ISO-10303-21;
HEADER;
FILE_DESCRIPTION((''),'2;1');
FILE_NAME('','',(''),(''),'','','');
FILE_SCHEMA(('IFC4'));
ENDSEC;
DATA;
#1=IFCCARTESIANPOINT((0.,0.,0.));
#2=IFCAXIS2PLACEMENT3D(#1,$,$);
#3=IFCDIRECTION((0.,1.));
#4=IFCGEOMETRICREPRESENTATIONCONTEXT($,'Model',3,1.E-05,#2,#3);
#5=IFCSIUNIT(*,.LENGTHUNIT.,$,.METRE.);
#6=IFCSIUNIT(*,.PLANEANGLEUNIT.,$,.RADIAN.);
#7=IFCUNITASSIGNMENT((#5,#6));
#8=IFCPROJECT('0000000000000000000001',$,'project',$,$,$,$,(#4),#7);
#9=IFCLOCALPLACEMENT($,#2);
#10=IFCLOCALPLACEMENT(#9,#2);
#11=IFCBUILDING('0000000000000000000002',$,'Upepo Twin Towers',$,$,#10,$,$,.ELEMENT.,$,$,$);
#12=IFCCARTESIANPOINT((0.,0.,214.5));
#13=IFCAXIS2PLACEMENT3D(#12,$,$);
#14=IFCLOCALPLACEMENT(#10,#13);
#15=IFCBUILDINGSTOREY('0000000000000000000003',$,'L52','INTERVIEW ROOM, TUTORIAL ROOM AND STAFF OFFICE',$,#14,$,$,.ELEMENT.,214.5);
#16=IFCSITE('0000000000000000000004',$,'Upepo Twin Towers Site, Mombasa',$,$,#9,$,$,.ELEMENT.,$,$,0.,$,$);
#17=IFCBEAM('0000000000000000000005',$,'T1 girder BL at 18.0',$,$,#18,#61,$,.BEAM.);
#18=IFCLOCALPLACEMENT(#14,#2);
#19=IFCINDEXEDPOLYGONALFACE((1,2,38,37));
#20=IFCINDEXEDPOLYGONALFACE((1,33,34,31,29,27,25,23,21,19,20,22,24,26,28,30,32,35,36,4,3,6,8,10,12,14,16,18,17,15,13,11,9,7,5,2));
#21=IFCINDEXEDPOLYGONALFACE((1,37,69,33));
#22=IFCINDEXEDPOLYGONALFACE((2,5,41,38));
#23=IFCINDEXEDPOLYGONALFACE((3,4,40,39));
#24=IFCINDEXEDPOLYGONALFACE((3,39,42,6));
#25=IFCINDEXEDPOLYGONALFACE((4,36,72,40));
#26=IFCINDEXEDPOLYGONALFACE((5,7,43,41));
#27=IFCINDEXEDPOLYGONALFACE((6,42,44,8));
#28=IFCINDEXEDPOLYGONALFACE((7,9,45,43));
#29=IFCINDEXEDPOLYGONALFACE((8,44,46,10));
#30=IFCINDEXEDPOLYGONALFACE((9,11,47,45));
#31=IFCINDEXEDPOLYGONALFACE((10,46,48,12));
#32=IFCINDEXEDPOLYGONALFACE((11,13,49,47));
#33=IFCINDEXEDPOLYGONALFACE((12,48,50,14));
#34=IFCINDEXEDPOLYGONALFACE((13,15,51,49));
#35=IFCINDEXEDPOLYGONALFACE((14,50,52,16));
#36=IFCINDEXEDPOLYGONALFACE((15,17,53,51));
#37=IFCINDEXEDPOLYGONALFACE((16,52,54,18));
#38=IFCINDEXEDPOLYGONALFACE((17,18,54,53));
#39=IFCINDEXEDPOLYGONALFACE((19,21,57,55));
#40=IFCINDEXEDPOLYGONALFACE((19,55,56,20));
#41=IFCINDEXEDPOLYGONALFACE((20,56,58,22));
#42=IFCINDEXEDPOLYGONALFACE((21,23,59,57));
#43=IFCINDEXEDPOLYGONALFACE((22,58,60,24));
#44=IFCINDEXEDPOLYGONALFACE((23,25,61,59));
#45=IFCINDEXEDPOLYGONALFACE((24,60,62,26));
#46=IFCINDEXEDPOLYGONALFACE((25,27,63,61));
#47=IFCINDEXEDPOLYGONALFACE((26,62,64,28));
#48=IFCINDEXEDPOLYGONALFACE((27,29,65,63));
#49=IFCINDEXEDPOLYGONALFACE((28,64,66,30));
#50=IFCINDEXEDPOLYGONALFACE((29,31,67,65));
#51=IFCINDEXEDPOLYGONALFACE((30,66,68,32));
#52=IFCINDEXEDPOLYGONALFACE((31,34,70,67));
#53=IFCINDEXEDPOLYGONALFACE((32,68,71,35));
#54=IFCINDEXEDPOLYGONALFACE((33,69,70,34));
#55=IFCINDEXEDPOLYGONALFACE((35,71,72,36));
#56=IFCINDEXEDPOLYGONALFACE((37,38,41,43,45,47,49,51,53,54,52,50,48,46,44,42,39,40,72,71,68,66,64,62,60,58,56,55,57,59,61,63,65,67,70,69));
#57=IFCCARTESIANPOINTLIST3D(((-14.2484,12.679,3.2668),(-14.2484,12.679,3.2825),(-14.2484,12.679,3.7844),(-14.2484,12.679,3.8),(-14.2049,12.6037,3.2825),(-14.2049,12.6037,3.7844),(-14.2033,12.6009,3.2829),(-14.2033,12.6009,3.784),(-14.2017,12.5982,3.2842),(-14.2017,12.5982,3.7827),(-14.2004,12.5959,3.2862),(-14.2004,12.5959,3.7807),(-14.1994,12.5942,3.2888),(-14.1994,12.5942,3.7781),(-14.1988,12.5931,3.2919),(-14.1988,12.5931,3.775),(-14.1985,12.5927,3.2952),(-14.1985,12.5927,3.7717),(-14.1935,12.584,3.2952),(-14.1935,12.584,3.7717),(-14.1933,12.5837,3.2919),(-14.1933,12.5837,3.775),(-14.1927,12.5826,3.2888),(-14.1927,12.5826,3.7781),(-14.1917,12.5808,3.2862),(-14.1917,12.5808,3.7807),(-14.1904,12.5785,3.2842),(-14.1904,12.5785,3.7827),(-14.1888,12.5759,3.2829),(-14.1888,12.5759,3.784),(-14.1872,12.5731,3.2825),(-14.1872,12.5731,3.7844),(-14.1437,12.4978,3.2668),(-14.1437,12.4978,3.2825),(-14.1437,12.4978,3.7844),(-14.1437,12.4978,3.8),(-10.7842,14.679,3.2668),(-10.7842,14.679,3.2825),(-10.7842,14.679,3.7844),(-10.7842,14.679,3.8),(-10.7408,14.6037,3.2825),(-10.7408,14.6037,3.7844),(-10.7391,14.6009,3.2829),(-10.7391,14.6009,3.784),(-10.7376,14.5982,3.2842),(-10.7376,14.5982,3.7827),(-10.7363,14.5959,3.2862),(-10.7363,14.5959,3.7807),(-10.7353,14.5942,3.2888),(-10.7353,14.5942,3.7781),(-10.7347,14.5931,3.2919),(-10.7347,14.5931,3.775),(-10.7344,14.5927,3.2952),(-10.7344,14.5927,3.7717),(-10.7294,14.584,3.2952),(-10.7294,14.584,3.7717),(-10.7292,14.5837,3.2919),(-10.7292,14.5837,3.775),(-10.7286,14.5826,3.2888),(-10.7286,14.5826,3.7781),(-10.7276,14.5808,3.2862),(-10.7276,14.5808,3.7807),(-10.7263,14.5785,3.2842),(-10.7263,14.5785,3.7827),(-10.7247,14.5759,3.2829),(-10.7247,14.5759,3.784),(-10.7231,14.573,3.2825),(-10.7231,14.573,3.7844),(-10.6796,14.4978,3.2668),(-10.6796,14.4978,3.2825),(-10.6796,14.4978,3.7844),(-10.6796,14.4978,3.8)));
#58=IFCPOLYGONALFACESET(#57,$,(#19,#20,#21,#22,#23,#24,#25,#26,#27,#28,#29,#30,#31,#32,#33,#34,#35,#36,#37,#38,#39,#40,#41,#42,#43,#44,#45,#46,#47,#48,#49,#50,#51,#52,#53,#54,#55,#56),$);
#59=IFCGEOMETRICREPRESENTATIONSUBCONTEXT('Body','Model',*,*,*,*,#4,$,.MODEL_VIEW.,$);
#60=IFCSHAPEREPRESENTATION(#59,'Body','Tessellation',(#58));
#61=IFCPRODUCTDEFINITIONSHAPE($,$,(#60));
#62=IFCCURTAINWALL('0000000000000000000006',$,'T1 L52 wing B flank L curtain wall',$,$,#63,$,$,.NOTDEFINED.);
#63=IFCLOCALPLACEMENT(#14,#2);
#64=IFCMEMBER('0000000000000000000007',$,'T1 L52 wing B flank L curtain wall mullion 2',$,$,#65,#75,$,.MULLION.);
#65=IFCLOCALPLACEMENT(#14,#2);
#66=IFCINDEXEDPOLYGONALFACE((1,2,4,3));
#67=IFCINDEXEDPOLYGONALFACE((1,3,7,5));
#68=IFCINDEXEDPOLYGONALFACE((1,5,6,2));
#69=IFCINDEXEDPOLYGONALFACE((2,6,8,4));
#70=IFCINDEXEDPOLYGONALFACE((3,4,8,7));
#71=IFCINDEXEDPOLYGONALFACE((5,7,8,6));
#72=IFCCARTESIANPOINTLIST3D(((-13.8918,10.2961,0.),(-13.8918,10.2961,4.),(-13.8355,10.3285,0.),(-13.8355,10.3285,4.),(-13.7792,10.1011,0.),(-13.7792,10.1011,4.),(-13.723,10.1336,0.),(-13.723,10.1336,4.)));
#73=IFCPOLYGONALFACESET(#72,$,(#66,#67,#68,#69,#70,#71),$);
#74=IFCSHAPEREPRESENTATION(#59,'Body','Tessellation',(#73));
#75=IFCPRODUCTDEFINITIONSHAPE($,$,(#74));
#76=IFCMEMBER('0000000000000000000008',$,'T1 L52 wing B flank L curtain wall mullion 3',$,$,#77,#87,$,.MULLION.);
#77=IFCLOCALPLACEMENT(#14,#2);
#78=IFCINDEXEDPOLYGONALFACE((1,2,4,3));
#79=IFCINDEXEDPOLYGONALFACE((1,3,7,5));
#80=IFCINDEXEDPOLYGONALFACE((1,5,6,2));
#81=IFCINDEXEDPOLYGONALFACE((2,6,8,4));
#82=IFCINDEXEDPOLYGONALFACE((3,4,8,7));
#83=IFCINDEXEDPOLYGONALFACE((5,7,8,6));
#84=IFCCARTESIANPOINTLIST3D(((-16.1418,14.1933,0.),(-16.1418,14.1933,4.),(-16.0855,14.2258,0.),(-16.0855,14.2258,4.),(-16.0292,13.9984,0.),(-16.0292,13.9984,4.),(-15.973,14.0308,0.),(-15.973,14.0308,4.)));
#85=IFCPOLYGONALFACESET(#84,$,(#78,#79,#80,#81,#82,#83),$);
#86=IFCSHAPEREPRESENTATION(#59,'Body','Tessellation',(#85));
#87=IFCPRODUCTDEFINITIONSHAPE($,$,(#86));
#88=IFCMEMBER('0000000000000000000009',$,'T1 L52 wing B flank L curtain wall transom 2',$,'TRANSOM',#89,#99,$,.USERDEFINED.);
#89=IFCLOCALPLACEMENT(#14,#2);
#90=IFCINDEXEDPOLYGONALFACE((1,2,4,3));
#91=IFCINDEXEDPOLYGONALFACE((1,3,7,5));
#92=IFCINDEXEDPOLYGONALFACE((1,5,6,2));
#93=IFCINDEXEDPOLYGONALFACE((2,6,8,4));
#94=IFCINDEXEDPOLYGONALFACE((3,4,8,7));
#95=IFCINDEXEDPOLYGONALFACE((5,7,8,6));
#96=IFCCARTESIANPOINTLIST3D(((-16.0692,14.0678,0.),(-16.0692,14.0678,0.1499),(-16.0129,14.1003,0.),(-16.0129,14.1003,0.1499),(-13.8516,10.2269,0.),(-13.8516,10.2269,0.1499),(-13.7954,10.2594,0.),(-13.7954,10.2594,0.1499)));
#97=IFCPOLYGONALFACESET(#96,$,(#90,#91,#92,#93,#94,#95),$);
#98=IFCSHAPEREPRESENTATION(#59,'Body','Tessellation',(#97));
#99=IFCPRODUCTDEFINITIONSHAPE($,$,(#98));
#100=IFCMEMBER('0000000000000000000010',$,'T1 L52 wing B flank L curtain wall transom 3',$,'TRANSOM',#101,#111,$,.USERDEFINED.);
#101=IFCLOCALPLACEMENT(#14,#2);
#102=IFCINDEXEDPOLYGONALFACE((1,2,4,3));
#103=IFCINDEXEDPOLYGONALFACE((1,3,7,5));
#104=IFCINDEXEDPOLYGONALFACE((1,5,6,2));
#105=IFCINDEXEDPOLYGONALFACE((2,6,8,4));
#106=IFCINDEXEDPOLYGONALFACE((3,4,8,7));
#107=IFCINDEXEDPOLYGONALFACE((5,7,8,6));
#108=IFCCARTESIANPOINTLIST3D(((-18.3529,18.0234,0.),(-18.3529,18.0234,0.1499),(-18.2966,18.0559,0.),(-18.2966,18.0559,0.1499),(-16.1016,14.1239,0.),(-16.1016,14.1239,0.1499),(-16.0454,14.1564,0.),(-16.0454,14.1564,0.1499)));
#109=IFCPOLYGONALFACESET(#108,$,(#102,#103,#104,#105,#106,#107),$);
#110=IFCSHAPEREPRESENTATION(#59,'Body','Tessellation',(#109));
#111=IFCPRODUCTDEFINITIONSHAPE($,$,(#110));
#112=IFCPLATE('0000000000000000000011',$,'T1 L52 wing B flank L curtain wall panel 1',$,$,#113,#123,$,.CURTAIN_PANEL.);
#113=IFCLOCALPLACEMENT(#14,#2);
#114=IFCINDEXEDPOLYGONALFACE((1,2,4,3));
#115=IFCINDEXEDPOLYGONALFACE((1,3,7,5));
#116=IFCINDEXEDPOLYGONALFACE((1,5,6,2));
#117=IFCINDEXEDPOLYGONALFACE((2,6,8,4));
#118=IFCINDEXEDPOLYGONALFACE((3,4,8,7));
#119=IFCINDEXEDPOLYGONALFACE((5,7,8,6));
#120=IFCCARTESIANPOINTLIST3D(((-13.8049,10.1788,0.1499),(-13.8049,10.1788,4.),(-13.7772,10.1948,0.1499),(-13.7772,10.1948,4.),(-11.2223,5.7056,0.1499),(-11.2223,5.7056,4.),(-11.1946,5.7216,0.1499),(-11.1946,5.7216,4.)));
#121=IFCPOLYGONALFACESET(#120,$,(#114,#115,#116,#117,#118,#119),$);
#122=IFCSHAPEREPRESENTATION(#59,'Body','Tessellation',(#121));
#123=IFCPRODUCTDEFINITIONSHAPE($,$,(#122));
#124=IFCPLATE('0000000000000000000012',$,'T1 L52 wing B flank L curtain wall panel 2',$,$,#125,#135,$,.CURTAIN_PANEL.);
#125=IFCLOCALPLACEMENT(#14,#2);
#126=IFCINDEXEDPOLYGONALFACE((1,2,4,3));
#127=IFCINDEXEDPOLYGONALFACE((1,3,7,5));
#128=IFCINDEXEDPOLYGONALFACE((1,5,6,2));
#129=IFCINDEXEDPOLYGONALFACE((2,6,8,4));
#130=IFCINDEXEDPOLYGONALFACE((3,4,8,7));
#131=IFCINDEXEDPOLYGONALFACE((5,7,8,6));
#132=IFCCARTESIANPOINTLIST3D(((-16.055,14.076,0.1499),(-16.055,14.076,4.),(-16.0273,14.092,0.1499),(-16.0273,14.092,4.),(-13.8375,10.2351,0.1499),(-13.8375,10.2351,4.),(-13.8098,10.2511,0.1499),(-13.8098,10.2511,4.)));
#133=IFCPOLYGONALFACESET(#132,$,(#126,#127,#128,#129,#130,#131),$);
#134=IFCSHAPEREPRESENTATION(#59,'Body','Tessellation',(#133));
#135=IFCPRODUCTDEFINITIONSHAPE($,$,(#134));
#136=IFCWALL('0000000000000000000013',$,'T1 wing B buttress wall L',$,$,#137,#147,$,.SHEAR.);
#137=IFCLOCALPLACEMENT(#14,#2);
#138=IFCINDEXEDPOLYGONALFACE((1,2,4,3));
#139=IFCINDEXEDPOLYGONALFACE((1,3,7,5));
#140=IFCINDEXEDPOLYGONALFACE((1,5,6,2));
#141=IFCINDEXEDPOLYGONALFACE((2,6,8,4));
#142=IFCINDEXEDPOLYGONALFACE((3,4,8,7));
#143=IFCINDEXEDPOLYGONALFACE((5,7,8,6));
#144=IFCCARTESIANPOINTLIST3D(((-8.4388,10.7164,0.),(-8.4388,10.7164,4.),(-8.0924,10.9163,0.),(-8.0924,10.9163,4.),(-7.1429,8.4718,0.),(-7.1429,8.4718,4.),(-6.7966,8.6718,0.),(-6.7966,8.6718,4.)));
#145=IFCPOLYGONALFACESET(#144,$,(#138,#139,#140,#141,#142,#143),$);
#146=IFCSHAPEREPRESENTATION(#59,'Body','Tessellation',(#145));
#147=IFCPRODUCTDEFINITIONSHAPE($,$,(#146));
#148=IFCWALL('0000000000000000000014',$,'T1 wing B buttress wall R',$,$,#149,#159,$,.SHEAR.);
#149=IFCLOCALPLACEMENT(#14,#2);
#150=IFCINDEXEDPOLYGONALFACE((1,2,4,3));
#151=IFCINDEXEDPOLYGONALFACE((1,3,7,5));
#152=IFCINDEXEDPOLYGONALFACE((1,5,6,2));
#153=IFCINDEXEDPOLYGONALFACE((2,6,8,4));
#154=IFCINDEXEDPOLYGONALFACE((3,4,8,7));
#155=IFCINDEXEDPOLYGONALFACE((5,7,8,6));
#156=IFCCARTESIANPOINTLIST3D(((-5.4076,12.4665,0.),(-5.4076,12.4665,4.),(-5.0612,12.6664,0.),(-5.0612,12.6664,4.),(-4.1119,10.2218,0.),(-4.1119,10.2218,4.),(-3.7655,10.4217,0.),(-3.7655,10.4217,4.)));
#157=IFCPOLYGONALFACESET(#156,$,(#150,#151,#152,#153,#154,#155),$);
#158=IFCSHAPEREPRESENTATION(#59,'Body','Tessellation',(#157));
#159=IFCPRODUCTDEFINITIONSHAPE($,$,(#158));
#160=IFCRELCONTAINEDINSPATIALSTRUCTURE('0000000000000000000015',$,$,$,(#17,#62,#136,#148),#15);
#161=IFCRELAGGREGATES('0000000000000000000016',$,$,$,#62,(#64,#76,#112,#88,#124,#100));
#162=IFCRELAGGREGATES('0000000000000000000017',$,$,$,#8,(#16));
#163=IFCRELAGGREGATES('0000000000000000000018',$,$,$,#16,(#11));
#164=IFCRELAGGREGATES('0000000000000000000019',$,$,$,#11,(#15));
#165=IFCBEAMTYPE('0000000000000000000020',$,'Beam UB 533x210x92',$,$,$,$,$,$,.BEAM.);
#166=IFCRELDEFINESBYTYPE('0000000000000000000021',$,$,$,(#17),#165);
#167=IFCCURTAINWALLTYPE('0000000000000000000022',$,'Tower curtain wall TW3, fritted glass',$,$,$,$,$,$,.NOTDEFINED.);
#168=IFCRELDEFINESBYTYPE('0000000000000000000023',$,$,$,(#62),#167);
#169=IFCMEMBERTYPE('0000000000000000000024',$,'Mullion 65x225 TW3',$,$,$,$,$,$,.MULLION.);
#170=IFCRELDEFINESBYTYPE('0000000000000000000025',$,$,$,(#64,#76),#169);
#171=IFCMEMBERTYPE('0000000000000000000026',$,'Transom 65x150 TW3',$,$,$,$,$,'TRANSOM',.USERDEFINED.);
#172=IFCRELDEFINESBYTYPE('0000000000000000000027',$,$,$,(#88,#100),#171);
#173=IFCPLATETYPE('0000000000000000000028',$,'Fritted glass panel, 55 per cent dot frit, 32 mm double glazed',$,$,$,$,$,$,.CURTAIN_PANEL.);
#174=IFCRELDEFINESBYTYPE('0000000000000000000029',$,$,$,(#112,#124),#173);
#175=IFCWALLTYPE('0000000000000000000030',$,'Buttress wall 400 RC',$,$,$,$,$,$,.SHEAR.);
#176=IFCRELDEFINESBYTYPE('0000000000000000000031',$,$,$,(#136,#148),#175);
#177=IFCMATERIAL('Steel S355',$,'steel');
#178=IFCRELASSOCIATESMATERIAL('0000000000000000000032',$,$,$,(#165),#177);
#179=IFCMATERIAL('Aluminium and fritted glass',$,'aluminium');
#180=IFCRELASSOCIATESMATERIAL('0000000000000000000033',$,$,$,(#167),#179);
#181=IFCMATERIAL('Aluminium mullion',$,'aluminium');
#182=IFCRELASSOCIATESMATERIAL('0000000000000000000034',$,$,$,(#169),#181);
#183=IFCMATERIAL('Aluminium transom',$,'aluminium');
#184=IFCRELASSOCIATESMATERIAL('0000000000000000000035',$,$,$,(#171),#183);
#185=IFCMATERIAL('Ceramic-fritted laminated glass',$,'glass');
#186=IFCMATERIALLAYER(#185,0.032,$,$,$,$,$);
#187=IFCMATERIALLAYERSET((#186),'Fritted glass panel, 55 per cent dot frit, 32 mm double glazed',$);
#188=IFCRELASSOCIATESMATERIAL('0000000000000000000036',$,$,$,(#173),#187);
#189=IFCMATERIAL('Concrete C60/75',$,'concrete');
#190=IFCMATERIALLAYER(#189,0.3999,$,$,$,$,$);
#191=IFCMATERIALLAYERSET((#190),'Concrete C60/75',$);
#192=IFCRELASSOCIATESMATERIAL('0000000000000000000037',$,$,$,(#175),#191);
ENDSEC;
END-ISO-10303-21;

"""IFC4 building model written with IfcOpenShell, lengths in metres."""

from ifc_helpers import new_model, si_unit, direction, frame, frame_2d, origin, origin_2d, place, context, subcontext, project, spatial, rectangle, i_section, extrude, material, layer, layer_set, material_profile, profile_set, type_object, element, aggregate, save


model = new_model("IFC4")

# Units and contexts
model_context = context("Model", 3, precision=1e-05, world=origin(), true_north=direction((0.0, 1.0)))
body_context = subcontext(model_context, "Body", "Model", "MODEL_VIEW")
ifc_project = project(units=[si_unit("LENGTHUNIT", "METRE"), si_unit("PLANEANGLEUNIT", "RADIAN")], contexts=[model_context])

# Site, building, storey
site_placement = place(None, origin())
site = spatial("IfcSite", under=ifc_project, at=site_placement, Name="Upepo Twin Towers Site, Mombasa", CompositionType="ELEMENT", RefElevation=0.0)
building_placement = place(site_placement, origin())
building = spatial("IfcBuilding", under=site, at=building_placement, Name="Upepo Twin Towers", CompositionType="ELEMENT")
storey_placement = place(building_placement, frame((0.0, 0.0, 214.5)))
storey = spatial("IfcBuildingStorey", under=building, at=storey_placement, Name="L52", Description="INTERVIEW ROOM, TUTORIAL ROOM AND STAFF OFFICE", CompositionType="ELEMENT", Elevation=214.5)

# Beam
ifc_material_1 = material(Name="Steel S355", Category="steel")
ifc_material_profile_1 = material_profile(ifc_material_1, i_section(OverallWidth=0.2092, OverallDepth=0.5332, WebThickness=0.01, FlangeThickness=0.0156, FilletRadius=0.0127, at=origin_2d()), Name="UB 533x210x92")
ifc_profile_set_1 = profile_set([ifc_material_profile_1], Name="Steel S355")
beam_type_1 = type_object("IfcBeamType", Name="Beam UB 533x210x92", PredefinedType="BEAM", material=ifc_profile_set_1)
for number, where, z_axis, x_axis, name in (
    (1, (-14.196, 12.5884, 3.5334), (0.866026, 0.499999, 0.0), (-0.499999, 0.866026, 0.0), "T1 girder BL at 18.0"),
):
    element("IfcBeam", number, at=place(storey_placement, frame(where, z_axis=z_axis, x_axis=x_axis)), inside=storey, type_object=beam_type_1, Name=name, PredefinedType="BEAM", context=body_context, shape_type="SweptSolid", body=[
        extrude(i_section(OverallWidth=0.2092, OverallDepth=0.5332, WebThickness=0.01, FlangeThickness=0.0156, FilletRadius=0.0127, at=origin_2d()), origin(), (0.0, 0.0, 1.0), 4.0),
    ])

# Curtain wall, members, plates
ifc_material_2 = material(Name="Aluminium and fritted glass", Category="aluminium")
curtain_wall_type = type_object("IfcCurtainWallType", Name="Tower curtain wall TW3, fritted glass", PredefinedType="NOTDEFINED", material=ifc_material_2)
curtain_wall_placement = place(storey_placement, origin())
curtain_wall = element("IfcCurtainWall", 2, at=curtain_wall_placement, inside=storey, type_object=curtain_wall_type, Name="T1 L52 wing B flank L curtain wall", PredefinedType="NOTDEFINED")
ifc_material_3 = material(Name="Aluminium mullion", Category="aluminium")
ifc_material_profile_2 = material_profile(ifc_material_3, rectangle(XDim=0.0649, YDim=0.2251, at=origin_2d()), Name="MULLION 65x225")
ifc_profile_set_2 = profile_set([ifc_material_profile_2], Name="Aluminium mullion")
member_type_1 = type_object("IfcMemberType", Name="Mullion 65x225 TW3", PredefinedType="MULLION", material=ifc_profile_set_2)
member_1_placement = place(storey_placement, frame((-13.8074, 10.2148, 0.0), z_axis=(0.0, 0.0, 1.0), x_axis=(-0.866025, -0.5, 0.0)))
member_1 = element("IfcMember", 3, at=member_1_placement, type_object=member_type_1, Name="T1 L52 wing B flank L curtain wall mullion 2", PredefinedType="MULLION", context=body_context, shape_type="SweptSolid", body=[
    extrude(rectangle(XDim=0.0649, YDim=0.2251, at=origin_2d()), origin(), (0.0, 0.0, 1.0), 4.0),
])
member_2_placement = place(storey_placement, frame((-16.0574, 14.1121, 0.0), z_axis=(0.0, 0.0, 1.0), x_axis=(-0.866025, -0.5, 0.0)))
member_2 = element("IfcMember", 4, at=member_2_placement, type_object=member_type_1, Name="T1 L52 wing B flank L curtain wall mullion 3", PredefinedType="MULLION", context=body_context, shape_type="SweptSolid", body=[
    extrude(rectangle(XDim=0.0649, YDim=0.2251, at=origin_2d()), origin(), (0.0, 0.0, 1.0), 4.0),
])
ifc_material_4 = material(Name="Aluminium transom", Category="aluminium")
ifc_material_profile_3 = material_profile(ifc_material_4, rectangle(XDim=0.0649, YDim=0.1499, at=origin_2d()), Name="TRANSOM 65x150")
ifc_profile_set_3 = profile_set([ifc_material_profile_3], Name="Aluminium transom")
member_type_2 = type_object("IfcMemberType", Name="Transom 65x150 TW3", ElementType="TRANSOM", PredefinedType="USERDEFINED", material=ifc_profile_set_3)
member_3_placement = place(storey_placement, frame((-13.8235, 10.2432, 0.075), z_axis=(-0.500005, 0.866022, 0.0), x_axis=(-0.866022, -0.500005, 0.0)))
member_3 = element("IfcMember", 5, at=member_3_placement, type_object=member_type_2, Name="T1 L52 wing B flank L curtain wall transom 2", ObjectType="TRANSOM", PredefinedType="USERDEFINED", context=body_context, shape_type="SweptSolid", body=[
    extrude(rectangle(XDim=0.0649, YDim=0.1499, at=origin_2d()), origin(), (0.0, 0.0, 1.0), 4.4351),
])
member_4_placement = place(storey_placement, frame((-16.0735, 14.1401, 0.075), z_axis=(-0.499982, 0.866036, 0.0), x_axis=(-0.866036, -0.499982, 0.0)))
member_4 = element("IfcMember", 6, at=member_4_placement, type_object=member_type_2, Name="T1 L52 wing B flank L curtain wall transom 3", ObjectType="TRANSOM", PredefinedType="USERDEFINED", context=body_context, shape_type="SweptSolid", body=[
    extrude(rectangle(XDim=0.0649, YDim=0.1499, at=origin_2d()), origin(), (0.0, 0.0, 1.0), 4.5027),
])
ifc_material_5 = material(Name="Ceramic-fritted laminated glass", Category="glass")
ifc_layer_1 = layer(ifc_material_5, 0.032)
ifc_layer_set_1 = layer_set([ifc_layer_1], Name="Fritted glass panel, 55 per cent dot frit, 32 mm double glazed")
plate_type = type_object("IfcPlateType", Name="Fritted glass panel, 55 per cent dot frit, 32 mm double glazed", PredefinedType="CURTAIN_PANEL", material=ifc_layer_set_1)
plate_1_placement = place(storey_placement, frame((-12.4998, 7.9502, 0.1499), z_axis=(0.0, 0.0, 1.0), x_axis=(-0.5, 0.866025, 0.0)))
plate_1 = element("IfcPlate", 7, at=plate_1_placement, type_object=plate_type, Name="T1 L52 wing B flank L curtain wall panel 1", PredefinedType="CURTAIN_PANEL", context=body_context, shape_type="SweptSolid", body=[
    extrude(rectangle(XDim=5.1653, YDim=0.032, at=origin_2d()), origin(), (0.0, 0.0, 1.0), 3.8501),
])
plate_2_placement = place(storey_placement, frame((-14.9324, 12.1636, 0.1499), z_axis=(0.0, 0.0, 1.0), x_axis=(-0.5, 0.866025, 0.0)))
plate_2 = element("IfcPlate", 8, at=plate_2_placement, type_object=plate_type, Name="T1 L52 wing B flank L curtain wall panel 2", PredefinedType="CURTAIN_PANEL", context=body_context, shape_type="SweptSolid", body=[
    extrude(rectangle(XDim=4.4351, YDim=0.032, at=origin_2d()), origin(), (0.0, 0.0, 1.0), 3.8501),
])
aggregate(curtain_wall, [member_1, member_2, plate_1, member_3, plate_2, member_4])

# Walls
ifc_material_6 = material(Name="Concrete C60/75", Category="concrete")
ifc_layer_2 = layer(ifc_material_6, 0.3999)
ifc_layer_set_2 = layer_set([ifc_layer_2], Name="Concrete C60/75")
wall_type_1 = type_object("IfcWallType", Name="Buttress wall 400 RC", PredefinedType="SHEAR", material=ifc_layer_set_2)
for number, where, z_axis, x_axis, name in (
    (9, (-6.9697, 8.5718, 0.0), (0.0, 0.0, 1.0), (-0.499989, 0.866032, 0.0), "T1 wing B buttress wall L"),
    (10, (-3.9387, 10.3218, 0.0), (0.0, 0.0, 1.0), (-0.499918, 0.866073, 0.0), "T1 wing B buttress wall R"),
):
    element("IfcWall", number, at=place(storey_placement, frame(where, z_axis=z_axis, x_axis=x_axis)), inside=storey, type_object=wall_type_1, Name=name, PredefinedType="SHEAR", context=body_context, shape_type="SweptSolid", body=[
        extrude(rectangle(XDim=2.5918, YDim=0.3999, at=frame_2d((1.2959, 0.0))), origin(), (0.0, 0.0, 1.0), 4.0),
    ])

save(model, "model.ifc")
